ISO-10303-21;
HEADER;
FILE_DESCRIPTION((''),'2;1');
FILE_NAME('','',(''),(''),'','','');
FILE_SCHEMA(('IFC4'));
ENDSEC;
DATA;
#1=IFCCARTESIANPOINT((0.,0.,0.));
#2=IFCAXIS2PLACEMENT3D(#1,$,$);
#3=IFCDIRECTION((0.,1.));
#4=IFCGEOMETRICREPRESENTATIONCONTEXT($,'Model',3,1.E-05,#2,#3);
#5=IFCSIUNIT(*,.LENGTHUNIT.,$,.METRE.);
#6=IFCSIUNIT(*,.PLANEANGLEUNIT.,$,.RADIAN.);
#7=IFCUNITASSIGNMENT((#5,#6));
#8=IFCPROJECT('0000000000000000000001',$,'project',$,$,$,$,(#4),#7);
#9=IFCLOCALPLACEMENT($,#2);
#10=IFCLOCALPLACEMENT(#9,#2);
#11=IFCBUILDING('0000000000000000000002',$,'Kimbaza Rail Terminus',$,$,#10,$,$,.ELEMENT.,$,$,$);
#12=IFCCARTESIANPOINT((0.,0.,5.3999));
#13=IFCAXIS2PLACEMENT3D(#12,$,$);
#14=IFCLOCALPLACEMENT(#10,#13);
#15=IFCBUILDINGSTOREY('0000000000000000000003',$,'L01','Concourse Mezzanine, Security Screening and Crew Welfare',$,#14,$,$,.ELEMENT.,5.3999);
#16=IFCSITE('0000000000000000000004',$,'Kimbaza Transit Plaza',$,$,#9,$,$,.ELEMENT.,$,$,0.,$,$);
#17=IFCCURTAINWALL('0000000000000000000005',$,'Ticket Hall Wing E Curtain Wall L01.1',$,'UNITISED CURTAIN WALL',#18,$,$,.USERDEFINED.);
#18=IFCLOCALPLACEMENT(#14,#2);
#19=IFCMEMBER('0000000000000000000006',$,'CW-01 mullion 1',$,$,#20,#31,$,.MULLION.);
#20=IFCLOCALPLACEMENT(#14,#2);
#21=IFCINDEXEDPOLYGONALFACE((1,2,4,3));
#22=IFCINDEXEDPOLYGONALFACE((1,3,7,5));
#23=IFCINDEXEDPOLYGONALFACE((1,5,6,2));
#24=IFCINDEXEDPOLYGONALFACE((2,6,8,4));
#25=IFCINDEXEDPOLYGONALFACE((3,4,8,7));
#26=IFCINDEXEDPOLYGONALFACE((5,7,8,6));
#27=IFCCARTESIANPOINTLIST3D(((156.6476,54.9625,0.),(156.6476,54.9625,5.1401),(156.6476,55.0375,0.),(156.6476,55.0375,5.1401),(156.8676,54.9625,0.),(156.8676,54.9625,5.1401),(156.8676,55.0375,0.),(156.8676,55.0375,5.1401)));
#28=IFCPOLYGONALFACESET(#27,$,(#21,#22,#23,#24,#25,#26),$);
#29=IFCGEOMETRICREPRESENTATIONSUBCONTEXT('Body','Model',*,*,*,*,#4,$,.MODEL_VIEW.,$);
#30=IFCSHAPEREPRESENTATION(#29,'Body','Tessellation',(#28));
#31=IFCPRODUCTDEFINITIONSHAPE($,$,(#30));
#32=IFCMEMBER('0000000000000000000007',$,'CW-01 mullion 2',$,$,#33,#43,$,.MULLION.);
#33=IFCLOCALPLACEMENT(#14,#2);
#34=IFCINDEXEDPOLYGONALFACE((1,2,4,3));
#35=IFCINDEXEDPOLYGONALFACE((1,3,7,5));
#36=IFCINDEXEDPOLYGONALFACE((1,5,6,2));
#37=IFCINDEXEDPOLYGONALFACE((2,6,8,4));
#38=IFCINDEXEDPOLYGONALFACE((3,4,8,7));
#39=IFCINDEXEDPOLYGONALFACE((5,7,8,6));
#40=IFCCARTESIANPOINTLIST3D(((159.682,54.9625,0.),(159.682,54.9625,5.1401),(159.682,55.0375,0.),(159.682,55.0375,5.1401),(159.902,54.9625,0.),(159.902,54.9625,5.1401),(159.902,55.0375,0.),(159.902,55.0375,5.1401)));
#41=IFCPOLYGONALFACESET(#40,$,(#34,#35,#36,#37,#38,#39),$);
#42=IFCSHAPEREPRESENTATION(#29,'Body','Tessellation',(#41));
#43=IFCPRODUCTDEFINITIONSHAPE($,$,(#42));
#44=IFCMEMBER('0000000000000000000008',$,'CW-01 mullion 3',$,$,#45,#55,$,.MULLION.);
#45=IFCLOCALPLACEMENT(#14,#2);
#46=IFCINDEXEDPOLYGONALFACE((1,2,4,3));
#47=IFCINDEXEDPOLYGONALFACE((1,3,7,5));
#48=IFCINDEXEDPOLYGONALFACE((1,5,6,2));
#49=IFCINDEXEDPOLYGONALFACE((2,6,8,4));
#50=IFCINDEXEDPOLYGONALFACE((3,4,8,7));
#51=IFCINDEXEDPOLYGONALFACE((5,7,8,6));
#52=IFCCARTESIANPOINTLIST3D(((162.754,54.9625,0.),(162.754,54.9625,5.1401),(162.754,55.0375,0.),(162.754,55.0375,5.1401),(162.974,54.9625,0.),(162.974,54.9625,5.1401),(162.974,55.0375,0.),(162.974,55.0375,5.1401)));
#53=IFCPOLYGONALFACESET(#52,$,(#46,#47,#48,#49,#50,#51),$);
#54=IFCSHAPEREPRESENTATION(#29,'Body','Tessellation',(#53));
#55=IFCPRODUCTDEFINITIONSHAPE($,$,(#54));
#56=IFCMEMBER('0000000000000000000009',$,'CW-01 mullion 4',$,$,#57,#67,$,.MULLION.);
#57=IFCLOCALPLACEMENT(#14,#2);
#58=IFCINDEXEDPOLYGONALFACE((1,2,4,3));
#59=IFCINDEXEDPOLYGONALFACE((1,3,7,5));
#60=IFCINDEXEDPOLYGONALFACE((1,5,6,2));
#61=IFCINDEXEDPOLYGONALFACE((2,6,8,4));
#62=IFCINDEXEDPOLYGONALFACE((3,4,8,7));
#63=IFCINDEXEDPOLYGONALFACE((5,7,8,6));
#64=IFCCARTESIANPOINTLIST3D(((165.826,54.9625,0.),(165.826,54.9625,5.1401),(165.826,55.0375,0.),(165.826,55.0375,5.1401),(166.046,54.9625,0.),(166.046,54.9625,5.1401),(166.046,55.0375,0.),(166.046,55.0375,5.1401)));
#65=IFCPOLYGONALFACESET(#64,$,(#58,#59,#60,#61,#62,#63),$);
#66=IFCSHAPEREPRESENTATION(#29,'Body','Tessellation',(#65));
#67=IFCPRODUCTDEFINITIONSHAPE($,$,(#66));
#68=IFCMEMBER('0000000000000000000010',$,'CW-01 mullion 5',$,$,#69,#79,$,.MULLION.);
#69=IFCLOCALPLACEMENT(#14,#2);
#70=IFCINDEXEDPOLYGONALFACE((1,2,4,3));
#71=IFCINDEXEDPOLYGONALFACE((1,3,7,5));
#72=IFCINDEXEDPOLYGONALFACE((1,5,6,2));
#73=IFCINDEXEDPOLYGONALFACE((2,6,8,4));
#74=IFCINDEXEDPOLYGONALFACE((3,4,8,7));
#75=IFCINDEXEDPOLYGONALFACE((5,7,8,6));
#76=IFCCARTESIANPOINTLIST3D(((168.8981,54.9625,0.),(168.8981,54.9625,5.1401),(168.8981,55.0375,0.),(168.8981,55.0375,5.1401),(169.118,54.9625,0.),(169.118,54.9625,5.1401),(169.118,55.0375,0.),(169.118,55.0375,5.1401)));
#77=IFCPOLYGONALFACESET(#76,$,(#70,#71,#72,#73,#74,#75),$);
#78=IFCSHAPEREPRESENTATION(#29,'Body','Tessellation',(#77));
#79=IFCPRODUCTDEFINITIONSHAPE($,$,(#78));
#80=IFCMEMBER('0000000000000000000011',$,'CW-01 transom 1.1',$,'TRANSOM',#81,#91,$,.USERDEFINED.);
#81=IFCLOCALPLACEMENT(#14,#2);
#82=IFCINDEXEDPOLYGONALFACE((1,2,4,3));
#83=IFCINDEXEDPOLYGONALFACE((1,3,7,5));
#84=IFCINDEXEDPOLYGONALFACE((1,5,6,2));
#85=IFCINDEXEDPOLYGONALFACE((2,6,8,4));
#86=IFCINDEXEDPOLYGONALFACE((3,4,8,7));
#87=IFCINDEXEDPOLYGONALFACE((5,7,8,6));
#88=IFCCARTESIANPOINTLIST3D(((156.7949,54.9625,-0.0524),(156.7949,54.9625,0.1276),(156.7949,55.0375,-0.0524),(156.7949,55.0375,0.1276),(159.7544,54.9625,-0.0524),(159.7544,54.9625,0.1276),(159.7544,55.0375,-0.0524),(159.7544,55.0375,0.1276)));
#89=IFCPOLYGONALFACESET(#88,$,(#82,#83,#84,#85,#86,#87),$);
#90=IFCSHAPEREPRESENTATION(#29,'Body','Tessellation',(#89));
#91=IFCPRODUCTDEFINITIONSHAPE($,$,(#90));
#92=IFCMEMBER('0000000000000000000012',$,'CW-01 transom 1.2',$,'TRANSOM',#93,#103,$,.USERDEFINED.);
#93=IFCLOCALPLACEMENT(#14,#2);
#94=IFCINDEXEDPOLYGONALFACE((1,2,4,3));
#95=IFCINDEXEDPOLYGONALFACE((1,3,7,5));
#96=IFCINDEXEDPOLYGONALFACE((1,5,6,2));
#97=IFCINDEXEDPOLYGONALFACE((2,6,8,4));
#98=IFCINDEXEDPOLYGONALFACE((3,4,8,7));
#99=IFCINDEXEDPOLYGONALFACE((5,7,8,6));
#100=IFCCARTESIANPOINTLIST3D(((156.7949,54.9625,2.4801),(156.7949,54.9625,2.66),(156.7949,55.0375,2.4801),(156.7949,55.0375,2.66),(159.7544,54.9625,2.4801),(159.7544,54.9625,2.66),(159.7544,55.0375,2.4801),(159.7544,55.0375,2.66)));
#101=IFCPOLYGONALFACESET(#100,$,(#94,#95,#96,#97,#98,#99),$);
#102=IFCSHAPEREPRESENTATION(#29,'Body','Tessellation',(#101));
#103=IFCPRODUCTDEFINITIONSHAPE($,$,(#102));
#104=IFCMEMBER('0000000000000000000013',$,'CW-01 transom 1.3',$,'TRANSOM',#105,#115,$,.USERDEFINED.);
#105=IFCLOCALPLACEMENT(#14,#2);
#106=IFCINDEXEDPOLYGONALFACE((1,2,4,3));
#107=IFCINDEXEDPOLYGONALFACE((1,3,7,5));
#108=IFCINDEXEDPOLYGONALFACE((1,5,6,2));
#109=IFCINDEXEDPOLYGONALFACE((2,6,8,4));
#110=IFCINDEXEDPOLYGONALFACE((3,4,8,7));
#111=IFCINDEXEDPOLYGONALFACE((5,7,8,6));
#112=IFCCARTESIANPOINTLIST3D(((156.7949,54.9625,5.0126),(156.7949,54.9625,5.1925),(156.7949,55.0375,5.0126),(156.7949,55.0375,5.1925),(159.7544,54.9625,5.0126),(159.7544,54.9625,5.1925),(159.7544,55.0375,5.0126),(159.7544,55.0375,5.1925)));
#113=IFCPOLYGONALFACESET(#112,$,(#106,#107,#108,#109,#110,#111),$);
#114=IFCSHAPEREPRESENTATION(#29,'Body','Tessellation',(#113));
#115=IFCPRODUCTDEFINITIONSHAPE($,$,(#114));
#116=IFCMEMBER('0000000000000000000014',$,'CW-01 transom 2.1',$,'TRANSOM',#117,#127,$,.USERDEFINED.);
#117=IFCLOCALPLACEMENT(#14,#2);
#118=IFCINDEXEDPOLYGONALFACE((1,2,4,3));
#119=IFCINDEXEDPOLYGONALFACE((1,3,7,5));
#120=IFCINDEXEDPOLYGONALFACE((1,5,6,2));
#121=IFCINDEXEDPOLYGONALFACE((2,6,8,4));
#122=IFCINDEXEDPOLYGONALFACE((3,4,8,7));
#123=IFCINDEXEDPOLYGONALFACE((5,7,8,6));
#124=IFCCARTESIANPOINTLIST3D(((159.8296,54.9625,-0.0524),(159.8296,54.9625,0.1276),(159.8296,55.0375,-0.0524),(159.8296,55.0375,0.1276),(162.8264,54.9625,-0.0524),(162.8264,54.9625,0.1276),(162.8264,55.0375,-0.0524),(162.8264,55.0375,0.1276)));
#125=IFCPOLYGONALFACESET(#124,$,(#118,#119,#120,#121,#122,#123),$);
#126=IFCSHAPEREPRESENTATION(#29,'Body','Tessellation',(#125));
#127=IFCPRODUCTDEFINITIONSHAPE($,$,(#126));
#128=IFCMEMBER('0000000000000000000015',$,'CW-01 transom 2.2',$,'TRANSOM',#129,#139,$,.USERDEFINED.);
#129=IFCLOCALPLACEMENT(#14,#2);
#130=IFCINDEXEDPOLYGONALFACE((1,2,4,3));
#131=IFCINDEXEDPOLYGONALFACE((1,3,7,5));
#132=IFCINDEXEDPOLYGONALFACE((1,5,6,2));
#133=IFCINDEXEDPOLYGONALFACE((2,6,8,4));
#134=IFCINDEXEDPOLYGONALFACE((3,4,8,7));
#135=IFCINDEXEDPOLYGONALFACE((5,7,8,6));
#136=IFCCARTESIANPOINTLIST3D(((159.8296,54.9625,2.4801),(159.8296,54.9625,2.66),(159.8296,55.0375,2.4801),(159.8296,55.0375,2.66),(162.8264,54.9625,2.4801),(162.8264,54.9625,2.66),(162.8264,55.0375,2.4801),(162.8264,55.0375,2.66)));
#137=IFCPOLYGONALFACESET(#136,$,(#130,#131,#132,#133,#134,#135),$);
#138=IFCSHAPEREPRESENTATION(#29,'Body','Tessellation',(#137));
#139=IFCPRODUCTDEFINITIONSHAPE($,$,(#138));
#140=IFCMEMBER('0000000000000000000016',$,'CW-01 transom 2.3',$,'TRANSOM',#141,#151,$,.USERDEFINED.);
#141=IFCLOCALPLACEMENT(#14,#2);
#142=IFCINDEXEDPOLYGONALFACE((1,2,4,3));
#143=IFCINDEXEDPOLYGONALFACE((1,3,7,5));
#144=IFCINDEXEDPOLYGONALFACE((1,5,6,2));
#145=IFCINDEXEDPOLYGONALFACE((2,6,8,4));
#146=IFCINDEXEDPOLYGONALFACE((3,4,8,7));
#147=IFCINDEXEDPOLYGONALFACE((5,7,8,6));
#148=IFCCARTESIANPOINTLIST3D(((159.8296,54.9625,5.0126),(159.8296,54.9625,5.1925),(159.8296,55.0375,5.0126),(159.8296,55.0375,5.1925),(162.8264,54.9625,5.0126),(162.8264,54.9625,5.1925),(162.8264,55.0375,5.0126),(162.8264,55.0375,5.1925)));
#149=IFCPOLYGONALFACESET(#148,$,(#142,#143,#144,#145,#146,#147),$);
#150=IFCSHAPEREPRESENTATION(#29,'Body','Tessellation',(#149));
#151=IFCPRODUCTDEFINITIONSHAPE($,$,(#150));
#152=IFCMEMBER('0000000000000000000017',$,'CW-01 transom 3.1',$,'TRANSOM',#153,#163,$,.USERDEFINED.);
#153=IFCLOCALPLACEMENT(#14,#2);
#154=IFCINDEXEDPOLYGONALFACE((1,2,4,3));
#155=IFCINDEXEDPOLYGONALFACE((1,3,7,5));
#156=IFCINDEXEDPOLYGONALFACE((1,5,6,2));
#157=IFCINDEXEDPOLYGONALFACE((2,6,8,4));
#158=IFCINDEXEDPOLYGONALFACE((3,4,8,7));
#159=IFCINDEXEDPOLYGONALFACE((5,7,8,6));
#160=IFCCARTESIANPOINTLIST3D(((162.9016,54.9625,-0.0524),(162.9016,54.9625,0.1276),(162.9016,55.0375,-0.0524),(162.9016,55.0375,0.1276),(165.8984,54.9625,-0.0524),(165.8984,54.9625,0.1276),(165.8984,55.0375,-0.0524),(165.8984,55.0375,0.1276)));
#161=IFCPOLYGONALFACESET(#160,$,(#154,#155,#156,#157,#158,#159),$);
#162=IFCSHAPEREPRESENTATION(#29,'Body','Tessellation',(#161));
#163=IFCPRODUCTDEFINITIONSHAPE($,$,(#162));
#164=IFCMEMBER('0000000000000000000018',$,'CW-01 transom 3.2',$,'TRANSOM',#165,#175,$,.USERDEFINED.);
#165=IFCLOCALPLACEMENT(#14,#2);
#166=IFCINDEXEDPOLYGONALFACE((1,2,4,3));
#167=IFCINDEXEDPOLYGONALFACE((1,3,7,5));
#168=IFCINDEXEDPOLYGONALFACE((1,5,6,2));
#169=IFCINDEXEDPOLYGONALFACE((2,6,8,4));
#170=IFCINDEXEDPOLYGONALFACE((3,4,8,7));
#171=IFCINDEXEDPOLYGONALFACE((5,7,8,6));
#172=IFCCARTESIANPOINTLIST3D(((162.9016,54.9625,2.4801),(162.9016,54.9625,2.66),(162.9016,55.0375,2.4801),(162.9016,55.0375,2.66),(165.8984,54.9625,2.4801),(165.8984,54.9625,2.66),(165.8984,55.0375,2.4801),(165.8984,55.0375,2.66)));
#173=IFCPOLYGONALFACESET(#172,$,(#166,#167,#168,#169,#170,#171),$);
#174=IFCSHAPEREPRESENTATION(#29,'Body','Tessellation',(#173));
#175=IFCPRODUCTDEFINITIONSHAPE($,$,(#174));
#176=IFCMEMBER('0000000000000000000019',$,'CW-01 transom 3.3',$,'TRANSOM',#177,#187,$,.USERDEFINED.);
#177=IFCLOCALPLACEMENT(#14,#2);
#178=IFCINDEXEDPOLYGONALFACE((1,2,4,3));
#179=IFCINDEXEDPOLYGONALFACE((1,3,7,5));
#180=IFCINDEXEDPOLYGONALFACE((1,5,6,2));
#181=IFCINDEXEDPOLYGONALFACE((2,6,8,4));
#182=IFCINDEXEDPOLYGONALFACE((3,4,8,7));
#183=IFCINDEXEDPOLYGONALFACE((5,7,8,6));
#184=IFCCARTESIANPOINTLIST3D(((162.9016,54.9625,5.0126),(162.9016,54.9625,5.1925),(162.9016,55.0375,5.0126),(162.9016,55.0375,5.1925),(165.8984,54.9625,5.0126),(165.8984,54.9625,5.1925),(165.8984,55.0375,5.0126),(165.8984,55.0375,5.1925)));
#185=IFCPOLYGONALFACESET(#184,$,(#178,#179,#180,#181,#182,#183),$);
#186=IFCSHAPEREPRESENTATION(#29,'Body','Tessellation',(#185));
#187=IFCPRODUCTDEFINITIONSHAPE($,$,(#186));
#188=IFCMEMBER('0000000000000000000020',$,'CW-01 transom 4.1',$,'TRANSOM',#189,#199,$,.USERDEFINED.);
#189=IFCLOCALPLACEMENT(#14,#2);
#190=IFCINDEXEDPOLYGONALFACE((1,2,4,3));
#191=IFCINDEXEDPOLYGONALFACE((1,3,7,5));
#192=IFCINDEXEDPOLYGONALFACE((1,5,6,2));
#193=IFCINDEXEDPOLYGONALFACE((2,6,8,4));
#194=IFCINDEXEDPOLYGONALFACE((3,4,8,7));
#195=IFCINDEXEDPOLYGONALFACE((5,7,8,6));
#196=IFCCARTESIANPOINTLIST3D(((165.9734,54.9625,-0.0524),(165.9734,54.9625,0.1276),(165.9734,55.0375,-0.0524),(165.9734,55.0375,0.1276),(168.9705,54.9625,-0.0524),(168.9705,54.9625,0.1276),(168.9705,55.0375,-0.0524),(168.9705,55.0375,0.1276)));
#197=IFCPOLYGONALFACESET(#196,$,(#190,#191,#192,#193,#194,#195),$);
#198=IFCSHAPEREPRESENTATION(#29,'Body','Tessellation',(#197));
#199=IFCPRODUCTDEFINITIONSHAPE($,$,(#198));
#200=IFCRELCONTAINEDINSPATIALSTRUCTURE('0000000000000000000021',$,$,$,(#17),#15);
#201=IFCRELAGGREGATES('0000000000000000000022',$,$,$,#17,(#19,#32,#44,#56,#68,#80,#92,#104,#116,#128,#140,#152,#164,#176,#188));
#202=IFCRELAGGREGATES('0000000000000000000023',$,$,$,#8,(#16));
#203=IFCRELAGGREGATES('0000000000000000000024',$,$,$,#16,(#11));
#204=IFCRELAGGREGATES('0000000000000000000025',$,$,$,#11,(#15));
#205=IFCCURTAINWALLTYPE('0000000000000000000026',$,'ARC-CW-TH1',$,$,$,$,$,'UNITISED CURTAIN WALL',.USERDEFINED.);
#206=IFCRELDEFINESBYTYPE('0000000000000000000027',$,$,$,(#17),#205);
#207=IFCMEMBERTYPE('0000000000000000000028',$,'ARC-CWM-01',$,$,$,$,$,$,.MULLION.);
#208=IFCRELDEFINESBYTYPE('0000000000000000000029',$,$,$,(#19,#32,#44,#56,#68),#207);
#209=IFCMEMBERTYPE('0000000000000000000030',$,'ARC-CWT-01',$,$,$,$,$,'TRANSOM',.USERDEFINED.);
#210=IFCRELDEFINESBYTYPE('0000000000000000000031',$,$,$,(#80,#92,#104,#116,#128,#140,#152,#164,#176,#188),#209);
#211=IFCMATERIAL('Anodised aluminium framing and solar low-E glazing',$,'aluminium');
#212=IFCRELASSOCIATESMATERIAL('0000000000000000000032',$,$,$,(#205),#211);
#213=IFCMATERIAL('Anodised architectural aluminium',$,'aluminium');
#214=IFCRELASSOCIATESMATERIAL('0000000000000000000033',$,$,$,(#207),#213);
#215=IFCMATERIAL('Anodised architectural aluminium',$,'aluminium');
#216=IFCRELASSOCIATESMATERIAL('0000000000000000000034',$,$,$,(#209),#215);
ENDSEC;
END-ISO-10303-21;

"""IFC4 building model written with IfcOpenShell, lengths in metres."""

from ifc_helpers import new_model, si_unit, direction, frame, origin, origin_2d, place, context, subcontext, project, spatial, rectangle, extrude, material, material_profile, profile_set, type_object, element, aggregate, save


model = new_model("IFC4")

# Units and contexts
model_context = context("Model", 3, precision=1e-05, world=origin(), true_north=direction((0.0, 1.0)))
body_context = subcontext(model_context, "Body", "Model", "MODEL_VIEW")
ifc_project = project(units=[si_unit("LENGTHUNIT", "METRE"), si_unit("PLANEANGLEUNIT", "RADIAN")], contexts=[model_context])

# Site, building, storey
site_placement = place(None, origin())
site = spatial("IfcSite", under=ifc_project, at=site_placement, Name="Kimbaza Transit Plaza", CompositionType="ELEMENT", RefElevation=0.0)
building_placement = place(site_placement, origin())
building = spatial("IfcBuilding", under=site, at=building_placement, Name="Kimbaza Rail Terminus", CompositionType="ELEMENT")
storey_placement = place(building_placement, frame((0.0, 0.0, 5.3999)))
storey = spatial("IfcBuildingStorey", under=building, at=storey_placement, Name="L01", Description="Concourse Mezzanine, Security Screening and Crew Welfare", CompositionType="ELEMENT", Elevation=5.3999)

# Curtain wall, members
ifc_material_1 = material(Name="Anodised aluminium framing and solar low-E glazing", Category="aluminium")
curtain_wall_type = type_object("IfcCurtainWallType", Name="ARC-CW-TH1", ElementType="UNITISED CURTAIN WALL", PredefinedType="USERDEFINED", material=ifc_material_1)
curtain_wall_placement = place(storey_placement, origin())
curtain_wall = element("IfcCurtainWall", 1, at=curtain_wall_placement, inside=storey, type_object=curtain_wall_type, Name="Ticket Hall Wing E Curtain Wall L01.1", ObjectType="UNITISED CURTAIN WALL", PredefinedType="USERDEFINED")
ifc_material_2 = material(Name="Anodised architectural aluminium", Category="aluminium")
ifc_material_profile_1 = material_profile(ifc_material_2, rectangle(XDim=0.075, YDim=0.22, at=origin_2d()), Name="MULLION 75x220")
ifc_profile_set_1 = profile_set([ifc_material_profile_1], Name="Anodised architectural aluminium")
member_type_1 = type_object("IfcMemberType", Name="ARC-CWM-01", PredefinedType="MULLION", material=ifc_profile_set_1)
member_1_placement = place(storey_placement, frame((156.7576, 55.0, 0.0), z_axis=(0.0, 0.0, 1.0), x_axis=(0.0, 1.0, 0.0)))
member_1 = element("IfcMember", 2, at=member_1_placement, type_object=member_type_1, Name="CW-01 mullion 1", PredefinedType="MULLION", context=body_context, shape_type="SweptSolid", body=[
    extrude(rectangle(XDim=0.075, YDim=0.22, at=origin_2d()), origin(), (0.0, 0.0, 1.0), 5.1401),
])
member_2_placement = place(storey_placement, frame((159.792, 55.0, 0.0), z_axis=(0.0, 0.0, 1.0), x_axis=(0.0, 1.0, 0.0)))
member_2 = element("IfcMember", 3, at=member_2_placement, type_object=member_type_1, Name="CW-01 mullion 2", PredefinedType="MULLION", context=body_context, shape_type="SweptSolid", body=[
    extrude(rectangle(XDim=0.075, YDim=0.22, at=origin_2d()), origin(), (0.0, 0.0, 1.0), 5.1401),
])
member_3_placement = place(storey_placement, frame((162.864, 55.0, 0.0), z_axis=(0.0, 0.0, 1.0), x_axis=(0.0, 1.0, 0.0)))
member_3 = element("IfcMember", 4, at=member_3_placement, type_object=member_type_1, Name="CW-01 mullion 3", PredefinedType="MULLION", context=body_context, shape_type="SweptSolid", body=[
    extrude(rectangle(XDim=0.075, YDim=0.22, at=origin_2d()), origin(), (0.0, 0.0, 1.0), 5.1401),
])
member_4_placement = place(storey_placement, frame((165.936, 55.0, 0.0), z_axis=(0.0, 0.0, 1.0), x_axis=(0.0, 1.0, 0.0)))
member_4 = element("IfcMember", 5, at=member_4_placement, type_object=member_type_1, Name="CW-01 mullion 4", PredefinedType="MULLION", context=body_context, shape_type="SweptSolid", body=[
    extrude(rectangle(XDim=0.075, YDim=0.22, at=origin_2d()), origin(), (0.0, 0.0, 1.0), 5.1401),
])
member_5_placement = place(storey_placement, frame((169.0081, 55.0, 0.0), z_axis=(0.0, 0.0, 1.0), x_axis=(0.0, 1.0, 0.0)))
member_5 = element("IfcMember", 6, at=member_5_placement, type_object=member_type_1, Name="CW-01 mullion 5", PredefinedType="MULLION", context=body_context, shape_type="SweptSolid", body=[
    extrude(rectangle(XDim=0.075, YDim=0.22, at=origin_2d()), origin(), (0.0, 0.0, 1.0), 5.1401),
])
ifc_material_3 = material(Name="Anodised architectural aluminium", Category="aluminium")
ifc_material_profile_2 = material_profile(ifc_material_3, rectangle(XDim=0.075, YDim=0.1799, at=origin_2d()), Name="TRANSOM 75x180")
ifc_profile_set_2 = profile_set([ifc_material_profile_2], Name="Anodised architectural aluminium")
member_type_2 = type_object("IfcMemberType", Name="ARC-CWT-01", ElementType="TRANSOM", PredefinedType="USERDEFINED", material=ifc_profile_set_2)
member_6_placement = place(storey_placement, frame((156.7949, 55.0, 0.0376), z_axis=(1.0, 0.0, 0.0), x_axis=(0.0, 1.0, 0.0)))
member_6 = element("IfcMember", 7, at=member_6_placement, type_object=member_type_2, Name="CW-01 transom 1.1", ObjectType="TRANSOM", PredefinedType="USERDEFINED", context=body_context, shape_type="SweptSolid", body=[
    extrude(rectangle(XDim=0.075, YDim=0.1799, at=origin_2d()), origin(), (0.0, 0.0, 1.0), 2.9595),
])
member_7_placement = place(storey_placement, frame((156.7949, 55.0, 2.5701), z_axis=(1.0, 0.0, 0.0), x_axis=(0.0, 1.0, 0.0)))
member_7 = element("IfcMember", 8, at=member_7_placement, type_object=member_type_2, Name="CW-01 transom 1.2", ObjectType="TRANSOM", PredefinedType="USERDEFINED", context=body_context, shape_type="SweptSolid", body=[
    extrude(rectangle(XDim=0.075, YDim=0.1799, at=origin_2d()), origin(), (0.0, 0.0, 1.0), 2.9595),
])
member_8_placement = place(storey_placement, frame((156.7949, 55.0, 5.1025), z_axis=(1.0, 0.0, 0.0), x_axis=(0.0, 1.0, 0.0)))
member_8 = element("IfcMember", 9, at=member_8_placement, type_object=member_type_2, Name="CW-01 transom 1.3", ObjectType="TRANSOM", PredefinedType="USERDEFINED", context=body_context, shape_type="SweptSolid", body=[
    extrude(rectangle(XDim=0.075, YDim=0.1799, at=origin_2d()), origin(), (0.0, 0.0, 1.0), 2.9595),
])
member_9_placement = place(storey_placement, frame((159.8296, 55.0, 0.0376), z_axis=(1.0, 0.0, 0.0), x_axis=(0.0, 1.0, 0.0)))
member_9 = element("IfcMember", 10, at=member_9_placement, type_object=member_type_2, Name="CW-01 transom 2.1", ObjectType="TRANSOM", PredefinedType="USERDEFINED", context=body_context, shape_type="SweptSolid", body=[
    extrude(rectangle(XDim=0.075, YDim=0.1799, at=origin_2d()), origin(), (0.0, 0.0, 1.0), 2.9968),
])
member_10_placement = place(storey_placement, frame((159.8296, 55.0, 2.5701), z_axis=(1.0, 0.0, 0.0), x_axis=(0.0, 1.0, 0.0)))
member_10 = element("IfcMember", 11, at=member_10_placement, type_object=member_type_2, Name="CW-01 transom 2.2", ObjectType="TRANSOM", PredefinedType="USERDEFINED", context=body_context, shape_type="SweptSolid", body=[
    extrude(rectangle(XDim=0.075, YDim=0.1799, at=origin_2d()), origin(), (0.0, 0.0, 1.0), 2.9968),
])
member_11_placement = place(storey_placement, frame((159.8296, 55.0, 5.1025), z_axis=(1.0, 0.0, 0.0), x_axis=(0.0, 1.0, 0.0)))
member_11 = element("IfcMember", 12, at=member_11_placement, type_object=member_type_2, Name="CW-01 transom 2.3", ObjectType="TRANSOM", PredefinedType="USERDEFINED", context=body_context, shape_type="SweptSolid", body=[
    extrude(rectangle(XDim=0.075, YDim=0.1799, at=origin_2d()), origin(), (0.0, 0.0, 1.0), 2.9968),
])
member_12_placement = place(storey_placement, frame((162.9016, 55.0, 0.0376), z_axis=(1.0, 0.0, 0.0), x_axis=(0.0, 1.0, 0.0)))
member_12 = element("IfcMember", 13, at=member_12_placement, type_object=member_type_2, Name="CW-01 transom 3.1", ObjectType="TRANSOM", PredefinedType="USERDEFINED", context=body_context, shape_type="SweptSolid", body=[
    extrude(rectangle(XDim=0.075, YDim=0.1799, at=origin_2d()), origin(), (0.0, 0.0, 1.0), 2.9968),
])
member_13_placement = place(storey_placement, frame((162.9016, 55.0, 2.5701), z_axis=(1.0, 0.0, 0.0), x_axis=(0.0, 1.0, 0.0)))
member_13 = element("IfcMember", 14, at=member_13_placement, type_object=member_type_2, Name="CW-01 transom 3.2", ObjectType="TRANSOM", PredefinedType="USERDEFINED", context=body_context, shape_type="SweptSolid", body=[
    extrude(rectangle(XDim=0.075, YDim=0.1799, at=origin_2d()), origin(), (0.0, 0.0, 1.0), 2.9968),
])
member_14_placement = place(storey_placement, frame((162.9016, 55.0, 5.1025), z_axis=(1.0, 0.0, 0.0), x_axis=(0.0, 1.0, 0.0)))
member_14 = element("IfcMember", 15, at=member_14_placement, type_object=member_type_2, Name="CW-01 transom 3.3", ObjectType="TRANSOM", PredefinedType="USERDEFINED", context=body_context, shape_type="SweptSolid", body=[
    extrude(rectangle(XDim=0.075, YDim=0.1799, at=origin_2d()), origin(), (0.0, 0.0, 1.0), 2.9968),
])
member_15_placement = place(storey_placement, frame((165.9734, 55.0, 0.0376), z_axis=(1.0, 0.0, 0.0), x_axis=(0.0, 1.0, 0.0)))
member_15 = element("IfcMember", 16, at=member_15_placement, type_object=member_type_2, Name="CW-01 transom 4.1", ObjectType="TRANSOM", PredefinedType="USERDEFINED", context=body_context, shape_type="SweptSolid", body=[
    extrude(rectangle(XDim=0.075, YDim=0.1799, at=origin_2d()), origin(), (0.0, 0.0, 1.0), 2.9971),
])

aggregate(curtain_wall, [member_1, member_2, member_3, member_4, member_5, member_6, member_7, member_8, member_9, member_10, member_11, member_12, member_13, member_14, member_15])

save(model, "model.ifc")
